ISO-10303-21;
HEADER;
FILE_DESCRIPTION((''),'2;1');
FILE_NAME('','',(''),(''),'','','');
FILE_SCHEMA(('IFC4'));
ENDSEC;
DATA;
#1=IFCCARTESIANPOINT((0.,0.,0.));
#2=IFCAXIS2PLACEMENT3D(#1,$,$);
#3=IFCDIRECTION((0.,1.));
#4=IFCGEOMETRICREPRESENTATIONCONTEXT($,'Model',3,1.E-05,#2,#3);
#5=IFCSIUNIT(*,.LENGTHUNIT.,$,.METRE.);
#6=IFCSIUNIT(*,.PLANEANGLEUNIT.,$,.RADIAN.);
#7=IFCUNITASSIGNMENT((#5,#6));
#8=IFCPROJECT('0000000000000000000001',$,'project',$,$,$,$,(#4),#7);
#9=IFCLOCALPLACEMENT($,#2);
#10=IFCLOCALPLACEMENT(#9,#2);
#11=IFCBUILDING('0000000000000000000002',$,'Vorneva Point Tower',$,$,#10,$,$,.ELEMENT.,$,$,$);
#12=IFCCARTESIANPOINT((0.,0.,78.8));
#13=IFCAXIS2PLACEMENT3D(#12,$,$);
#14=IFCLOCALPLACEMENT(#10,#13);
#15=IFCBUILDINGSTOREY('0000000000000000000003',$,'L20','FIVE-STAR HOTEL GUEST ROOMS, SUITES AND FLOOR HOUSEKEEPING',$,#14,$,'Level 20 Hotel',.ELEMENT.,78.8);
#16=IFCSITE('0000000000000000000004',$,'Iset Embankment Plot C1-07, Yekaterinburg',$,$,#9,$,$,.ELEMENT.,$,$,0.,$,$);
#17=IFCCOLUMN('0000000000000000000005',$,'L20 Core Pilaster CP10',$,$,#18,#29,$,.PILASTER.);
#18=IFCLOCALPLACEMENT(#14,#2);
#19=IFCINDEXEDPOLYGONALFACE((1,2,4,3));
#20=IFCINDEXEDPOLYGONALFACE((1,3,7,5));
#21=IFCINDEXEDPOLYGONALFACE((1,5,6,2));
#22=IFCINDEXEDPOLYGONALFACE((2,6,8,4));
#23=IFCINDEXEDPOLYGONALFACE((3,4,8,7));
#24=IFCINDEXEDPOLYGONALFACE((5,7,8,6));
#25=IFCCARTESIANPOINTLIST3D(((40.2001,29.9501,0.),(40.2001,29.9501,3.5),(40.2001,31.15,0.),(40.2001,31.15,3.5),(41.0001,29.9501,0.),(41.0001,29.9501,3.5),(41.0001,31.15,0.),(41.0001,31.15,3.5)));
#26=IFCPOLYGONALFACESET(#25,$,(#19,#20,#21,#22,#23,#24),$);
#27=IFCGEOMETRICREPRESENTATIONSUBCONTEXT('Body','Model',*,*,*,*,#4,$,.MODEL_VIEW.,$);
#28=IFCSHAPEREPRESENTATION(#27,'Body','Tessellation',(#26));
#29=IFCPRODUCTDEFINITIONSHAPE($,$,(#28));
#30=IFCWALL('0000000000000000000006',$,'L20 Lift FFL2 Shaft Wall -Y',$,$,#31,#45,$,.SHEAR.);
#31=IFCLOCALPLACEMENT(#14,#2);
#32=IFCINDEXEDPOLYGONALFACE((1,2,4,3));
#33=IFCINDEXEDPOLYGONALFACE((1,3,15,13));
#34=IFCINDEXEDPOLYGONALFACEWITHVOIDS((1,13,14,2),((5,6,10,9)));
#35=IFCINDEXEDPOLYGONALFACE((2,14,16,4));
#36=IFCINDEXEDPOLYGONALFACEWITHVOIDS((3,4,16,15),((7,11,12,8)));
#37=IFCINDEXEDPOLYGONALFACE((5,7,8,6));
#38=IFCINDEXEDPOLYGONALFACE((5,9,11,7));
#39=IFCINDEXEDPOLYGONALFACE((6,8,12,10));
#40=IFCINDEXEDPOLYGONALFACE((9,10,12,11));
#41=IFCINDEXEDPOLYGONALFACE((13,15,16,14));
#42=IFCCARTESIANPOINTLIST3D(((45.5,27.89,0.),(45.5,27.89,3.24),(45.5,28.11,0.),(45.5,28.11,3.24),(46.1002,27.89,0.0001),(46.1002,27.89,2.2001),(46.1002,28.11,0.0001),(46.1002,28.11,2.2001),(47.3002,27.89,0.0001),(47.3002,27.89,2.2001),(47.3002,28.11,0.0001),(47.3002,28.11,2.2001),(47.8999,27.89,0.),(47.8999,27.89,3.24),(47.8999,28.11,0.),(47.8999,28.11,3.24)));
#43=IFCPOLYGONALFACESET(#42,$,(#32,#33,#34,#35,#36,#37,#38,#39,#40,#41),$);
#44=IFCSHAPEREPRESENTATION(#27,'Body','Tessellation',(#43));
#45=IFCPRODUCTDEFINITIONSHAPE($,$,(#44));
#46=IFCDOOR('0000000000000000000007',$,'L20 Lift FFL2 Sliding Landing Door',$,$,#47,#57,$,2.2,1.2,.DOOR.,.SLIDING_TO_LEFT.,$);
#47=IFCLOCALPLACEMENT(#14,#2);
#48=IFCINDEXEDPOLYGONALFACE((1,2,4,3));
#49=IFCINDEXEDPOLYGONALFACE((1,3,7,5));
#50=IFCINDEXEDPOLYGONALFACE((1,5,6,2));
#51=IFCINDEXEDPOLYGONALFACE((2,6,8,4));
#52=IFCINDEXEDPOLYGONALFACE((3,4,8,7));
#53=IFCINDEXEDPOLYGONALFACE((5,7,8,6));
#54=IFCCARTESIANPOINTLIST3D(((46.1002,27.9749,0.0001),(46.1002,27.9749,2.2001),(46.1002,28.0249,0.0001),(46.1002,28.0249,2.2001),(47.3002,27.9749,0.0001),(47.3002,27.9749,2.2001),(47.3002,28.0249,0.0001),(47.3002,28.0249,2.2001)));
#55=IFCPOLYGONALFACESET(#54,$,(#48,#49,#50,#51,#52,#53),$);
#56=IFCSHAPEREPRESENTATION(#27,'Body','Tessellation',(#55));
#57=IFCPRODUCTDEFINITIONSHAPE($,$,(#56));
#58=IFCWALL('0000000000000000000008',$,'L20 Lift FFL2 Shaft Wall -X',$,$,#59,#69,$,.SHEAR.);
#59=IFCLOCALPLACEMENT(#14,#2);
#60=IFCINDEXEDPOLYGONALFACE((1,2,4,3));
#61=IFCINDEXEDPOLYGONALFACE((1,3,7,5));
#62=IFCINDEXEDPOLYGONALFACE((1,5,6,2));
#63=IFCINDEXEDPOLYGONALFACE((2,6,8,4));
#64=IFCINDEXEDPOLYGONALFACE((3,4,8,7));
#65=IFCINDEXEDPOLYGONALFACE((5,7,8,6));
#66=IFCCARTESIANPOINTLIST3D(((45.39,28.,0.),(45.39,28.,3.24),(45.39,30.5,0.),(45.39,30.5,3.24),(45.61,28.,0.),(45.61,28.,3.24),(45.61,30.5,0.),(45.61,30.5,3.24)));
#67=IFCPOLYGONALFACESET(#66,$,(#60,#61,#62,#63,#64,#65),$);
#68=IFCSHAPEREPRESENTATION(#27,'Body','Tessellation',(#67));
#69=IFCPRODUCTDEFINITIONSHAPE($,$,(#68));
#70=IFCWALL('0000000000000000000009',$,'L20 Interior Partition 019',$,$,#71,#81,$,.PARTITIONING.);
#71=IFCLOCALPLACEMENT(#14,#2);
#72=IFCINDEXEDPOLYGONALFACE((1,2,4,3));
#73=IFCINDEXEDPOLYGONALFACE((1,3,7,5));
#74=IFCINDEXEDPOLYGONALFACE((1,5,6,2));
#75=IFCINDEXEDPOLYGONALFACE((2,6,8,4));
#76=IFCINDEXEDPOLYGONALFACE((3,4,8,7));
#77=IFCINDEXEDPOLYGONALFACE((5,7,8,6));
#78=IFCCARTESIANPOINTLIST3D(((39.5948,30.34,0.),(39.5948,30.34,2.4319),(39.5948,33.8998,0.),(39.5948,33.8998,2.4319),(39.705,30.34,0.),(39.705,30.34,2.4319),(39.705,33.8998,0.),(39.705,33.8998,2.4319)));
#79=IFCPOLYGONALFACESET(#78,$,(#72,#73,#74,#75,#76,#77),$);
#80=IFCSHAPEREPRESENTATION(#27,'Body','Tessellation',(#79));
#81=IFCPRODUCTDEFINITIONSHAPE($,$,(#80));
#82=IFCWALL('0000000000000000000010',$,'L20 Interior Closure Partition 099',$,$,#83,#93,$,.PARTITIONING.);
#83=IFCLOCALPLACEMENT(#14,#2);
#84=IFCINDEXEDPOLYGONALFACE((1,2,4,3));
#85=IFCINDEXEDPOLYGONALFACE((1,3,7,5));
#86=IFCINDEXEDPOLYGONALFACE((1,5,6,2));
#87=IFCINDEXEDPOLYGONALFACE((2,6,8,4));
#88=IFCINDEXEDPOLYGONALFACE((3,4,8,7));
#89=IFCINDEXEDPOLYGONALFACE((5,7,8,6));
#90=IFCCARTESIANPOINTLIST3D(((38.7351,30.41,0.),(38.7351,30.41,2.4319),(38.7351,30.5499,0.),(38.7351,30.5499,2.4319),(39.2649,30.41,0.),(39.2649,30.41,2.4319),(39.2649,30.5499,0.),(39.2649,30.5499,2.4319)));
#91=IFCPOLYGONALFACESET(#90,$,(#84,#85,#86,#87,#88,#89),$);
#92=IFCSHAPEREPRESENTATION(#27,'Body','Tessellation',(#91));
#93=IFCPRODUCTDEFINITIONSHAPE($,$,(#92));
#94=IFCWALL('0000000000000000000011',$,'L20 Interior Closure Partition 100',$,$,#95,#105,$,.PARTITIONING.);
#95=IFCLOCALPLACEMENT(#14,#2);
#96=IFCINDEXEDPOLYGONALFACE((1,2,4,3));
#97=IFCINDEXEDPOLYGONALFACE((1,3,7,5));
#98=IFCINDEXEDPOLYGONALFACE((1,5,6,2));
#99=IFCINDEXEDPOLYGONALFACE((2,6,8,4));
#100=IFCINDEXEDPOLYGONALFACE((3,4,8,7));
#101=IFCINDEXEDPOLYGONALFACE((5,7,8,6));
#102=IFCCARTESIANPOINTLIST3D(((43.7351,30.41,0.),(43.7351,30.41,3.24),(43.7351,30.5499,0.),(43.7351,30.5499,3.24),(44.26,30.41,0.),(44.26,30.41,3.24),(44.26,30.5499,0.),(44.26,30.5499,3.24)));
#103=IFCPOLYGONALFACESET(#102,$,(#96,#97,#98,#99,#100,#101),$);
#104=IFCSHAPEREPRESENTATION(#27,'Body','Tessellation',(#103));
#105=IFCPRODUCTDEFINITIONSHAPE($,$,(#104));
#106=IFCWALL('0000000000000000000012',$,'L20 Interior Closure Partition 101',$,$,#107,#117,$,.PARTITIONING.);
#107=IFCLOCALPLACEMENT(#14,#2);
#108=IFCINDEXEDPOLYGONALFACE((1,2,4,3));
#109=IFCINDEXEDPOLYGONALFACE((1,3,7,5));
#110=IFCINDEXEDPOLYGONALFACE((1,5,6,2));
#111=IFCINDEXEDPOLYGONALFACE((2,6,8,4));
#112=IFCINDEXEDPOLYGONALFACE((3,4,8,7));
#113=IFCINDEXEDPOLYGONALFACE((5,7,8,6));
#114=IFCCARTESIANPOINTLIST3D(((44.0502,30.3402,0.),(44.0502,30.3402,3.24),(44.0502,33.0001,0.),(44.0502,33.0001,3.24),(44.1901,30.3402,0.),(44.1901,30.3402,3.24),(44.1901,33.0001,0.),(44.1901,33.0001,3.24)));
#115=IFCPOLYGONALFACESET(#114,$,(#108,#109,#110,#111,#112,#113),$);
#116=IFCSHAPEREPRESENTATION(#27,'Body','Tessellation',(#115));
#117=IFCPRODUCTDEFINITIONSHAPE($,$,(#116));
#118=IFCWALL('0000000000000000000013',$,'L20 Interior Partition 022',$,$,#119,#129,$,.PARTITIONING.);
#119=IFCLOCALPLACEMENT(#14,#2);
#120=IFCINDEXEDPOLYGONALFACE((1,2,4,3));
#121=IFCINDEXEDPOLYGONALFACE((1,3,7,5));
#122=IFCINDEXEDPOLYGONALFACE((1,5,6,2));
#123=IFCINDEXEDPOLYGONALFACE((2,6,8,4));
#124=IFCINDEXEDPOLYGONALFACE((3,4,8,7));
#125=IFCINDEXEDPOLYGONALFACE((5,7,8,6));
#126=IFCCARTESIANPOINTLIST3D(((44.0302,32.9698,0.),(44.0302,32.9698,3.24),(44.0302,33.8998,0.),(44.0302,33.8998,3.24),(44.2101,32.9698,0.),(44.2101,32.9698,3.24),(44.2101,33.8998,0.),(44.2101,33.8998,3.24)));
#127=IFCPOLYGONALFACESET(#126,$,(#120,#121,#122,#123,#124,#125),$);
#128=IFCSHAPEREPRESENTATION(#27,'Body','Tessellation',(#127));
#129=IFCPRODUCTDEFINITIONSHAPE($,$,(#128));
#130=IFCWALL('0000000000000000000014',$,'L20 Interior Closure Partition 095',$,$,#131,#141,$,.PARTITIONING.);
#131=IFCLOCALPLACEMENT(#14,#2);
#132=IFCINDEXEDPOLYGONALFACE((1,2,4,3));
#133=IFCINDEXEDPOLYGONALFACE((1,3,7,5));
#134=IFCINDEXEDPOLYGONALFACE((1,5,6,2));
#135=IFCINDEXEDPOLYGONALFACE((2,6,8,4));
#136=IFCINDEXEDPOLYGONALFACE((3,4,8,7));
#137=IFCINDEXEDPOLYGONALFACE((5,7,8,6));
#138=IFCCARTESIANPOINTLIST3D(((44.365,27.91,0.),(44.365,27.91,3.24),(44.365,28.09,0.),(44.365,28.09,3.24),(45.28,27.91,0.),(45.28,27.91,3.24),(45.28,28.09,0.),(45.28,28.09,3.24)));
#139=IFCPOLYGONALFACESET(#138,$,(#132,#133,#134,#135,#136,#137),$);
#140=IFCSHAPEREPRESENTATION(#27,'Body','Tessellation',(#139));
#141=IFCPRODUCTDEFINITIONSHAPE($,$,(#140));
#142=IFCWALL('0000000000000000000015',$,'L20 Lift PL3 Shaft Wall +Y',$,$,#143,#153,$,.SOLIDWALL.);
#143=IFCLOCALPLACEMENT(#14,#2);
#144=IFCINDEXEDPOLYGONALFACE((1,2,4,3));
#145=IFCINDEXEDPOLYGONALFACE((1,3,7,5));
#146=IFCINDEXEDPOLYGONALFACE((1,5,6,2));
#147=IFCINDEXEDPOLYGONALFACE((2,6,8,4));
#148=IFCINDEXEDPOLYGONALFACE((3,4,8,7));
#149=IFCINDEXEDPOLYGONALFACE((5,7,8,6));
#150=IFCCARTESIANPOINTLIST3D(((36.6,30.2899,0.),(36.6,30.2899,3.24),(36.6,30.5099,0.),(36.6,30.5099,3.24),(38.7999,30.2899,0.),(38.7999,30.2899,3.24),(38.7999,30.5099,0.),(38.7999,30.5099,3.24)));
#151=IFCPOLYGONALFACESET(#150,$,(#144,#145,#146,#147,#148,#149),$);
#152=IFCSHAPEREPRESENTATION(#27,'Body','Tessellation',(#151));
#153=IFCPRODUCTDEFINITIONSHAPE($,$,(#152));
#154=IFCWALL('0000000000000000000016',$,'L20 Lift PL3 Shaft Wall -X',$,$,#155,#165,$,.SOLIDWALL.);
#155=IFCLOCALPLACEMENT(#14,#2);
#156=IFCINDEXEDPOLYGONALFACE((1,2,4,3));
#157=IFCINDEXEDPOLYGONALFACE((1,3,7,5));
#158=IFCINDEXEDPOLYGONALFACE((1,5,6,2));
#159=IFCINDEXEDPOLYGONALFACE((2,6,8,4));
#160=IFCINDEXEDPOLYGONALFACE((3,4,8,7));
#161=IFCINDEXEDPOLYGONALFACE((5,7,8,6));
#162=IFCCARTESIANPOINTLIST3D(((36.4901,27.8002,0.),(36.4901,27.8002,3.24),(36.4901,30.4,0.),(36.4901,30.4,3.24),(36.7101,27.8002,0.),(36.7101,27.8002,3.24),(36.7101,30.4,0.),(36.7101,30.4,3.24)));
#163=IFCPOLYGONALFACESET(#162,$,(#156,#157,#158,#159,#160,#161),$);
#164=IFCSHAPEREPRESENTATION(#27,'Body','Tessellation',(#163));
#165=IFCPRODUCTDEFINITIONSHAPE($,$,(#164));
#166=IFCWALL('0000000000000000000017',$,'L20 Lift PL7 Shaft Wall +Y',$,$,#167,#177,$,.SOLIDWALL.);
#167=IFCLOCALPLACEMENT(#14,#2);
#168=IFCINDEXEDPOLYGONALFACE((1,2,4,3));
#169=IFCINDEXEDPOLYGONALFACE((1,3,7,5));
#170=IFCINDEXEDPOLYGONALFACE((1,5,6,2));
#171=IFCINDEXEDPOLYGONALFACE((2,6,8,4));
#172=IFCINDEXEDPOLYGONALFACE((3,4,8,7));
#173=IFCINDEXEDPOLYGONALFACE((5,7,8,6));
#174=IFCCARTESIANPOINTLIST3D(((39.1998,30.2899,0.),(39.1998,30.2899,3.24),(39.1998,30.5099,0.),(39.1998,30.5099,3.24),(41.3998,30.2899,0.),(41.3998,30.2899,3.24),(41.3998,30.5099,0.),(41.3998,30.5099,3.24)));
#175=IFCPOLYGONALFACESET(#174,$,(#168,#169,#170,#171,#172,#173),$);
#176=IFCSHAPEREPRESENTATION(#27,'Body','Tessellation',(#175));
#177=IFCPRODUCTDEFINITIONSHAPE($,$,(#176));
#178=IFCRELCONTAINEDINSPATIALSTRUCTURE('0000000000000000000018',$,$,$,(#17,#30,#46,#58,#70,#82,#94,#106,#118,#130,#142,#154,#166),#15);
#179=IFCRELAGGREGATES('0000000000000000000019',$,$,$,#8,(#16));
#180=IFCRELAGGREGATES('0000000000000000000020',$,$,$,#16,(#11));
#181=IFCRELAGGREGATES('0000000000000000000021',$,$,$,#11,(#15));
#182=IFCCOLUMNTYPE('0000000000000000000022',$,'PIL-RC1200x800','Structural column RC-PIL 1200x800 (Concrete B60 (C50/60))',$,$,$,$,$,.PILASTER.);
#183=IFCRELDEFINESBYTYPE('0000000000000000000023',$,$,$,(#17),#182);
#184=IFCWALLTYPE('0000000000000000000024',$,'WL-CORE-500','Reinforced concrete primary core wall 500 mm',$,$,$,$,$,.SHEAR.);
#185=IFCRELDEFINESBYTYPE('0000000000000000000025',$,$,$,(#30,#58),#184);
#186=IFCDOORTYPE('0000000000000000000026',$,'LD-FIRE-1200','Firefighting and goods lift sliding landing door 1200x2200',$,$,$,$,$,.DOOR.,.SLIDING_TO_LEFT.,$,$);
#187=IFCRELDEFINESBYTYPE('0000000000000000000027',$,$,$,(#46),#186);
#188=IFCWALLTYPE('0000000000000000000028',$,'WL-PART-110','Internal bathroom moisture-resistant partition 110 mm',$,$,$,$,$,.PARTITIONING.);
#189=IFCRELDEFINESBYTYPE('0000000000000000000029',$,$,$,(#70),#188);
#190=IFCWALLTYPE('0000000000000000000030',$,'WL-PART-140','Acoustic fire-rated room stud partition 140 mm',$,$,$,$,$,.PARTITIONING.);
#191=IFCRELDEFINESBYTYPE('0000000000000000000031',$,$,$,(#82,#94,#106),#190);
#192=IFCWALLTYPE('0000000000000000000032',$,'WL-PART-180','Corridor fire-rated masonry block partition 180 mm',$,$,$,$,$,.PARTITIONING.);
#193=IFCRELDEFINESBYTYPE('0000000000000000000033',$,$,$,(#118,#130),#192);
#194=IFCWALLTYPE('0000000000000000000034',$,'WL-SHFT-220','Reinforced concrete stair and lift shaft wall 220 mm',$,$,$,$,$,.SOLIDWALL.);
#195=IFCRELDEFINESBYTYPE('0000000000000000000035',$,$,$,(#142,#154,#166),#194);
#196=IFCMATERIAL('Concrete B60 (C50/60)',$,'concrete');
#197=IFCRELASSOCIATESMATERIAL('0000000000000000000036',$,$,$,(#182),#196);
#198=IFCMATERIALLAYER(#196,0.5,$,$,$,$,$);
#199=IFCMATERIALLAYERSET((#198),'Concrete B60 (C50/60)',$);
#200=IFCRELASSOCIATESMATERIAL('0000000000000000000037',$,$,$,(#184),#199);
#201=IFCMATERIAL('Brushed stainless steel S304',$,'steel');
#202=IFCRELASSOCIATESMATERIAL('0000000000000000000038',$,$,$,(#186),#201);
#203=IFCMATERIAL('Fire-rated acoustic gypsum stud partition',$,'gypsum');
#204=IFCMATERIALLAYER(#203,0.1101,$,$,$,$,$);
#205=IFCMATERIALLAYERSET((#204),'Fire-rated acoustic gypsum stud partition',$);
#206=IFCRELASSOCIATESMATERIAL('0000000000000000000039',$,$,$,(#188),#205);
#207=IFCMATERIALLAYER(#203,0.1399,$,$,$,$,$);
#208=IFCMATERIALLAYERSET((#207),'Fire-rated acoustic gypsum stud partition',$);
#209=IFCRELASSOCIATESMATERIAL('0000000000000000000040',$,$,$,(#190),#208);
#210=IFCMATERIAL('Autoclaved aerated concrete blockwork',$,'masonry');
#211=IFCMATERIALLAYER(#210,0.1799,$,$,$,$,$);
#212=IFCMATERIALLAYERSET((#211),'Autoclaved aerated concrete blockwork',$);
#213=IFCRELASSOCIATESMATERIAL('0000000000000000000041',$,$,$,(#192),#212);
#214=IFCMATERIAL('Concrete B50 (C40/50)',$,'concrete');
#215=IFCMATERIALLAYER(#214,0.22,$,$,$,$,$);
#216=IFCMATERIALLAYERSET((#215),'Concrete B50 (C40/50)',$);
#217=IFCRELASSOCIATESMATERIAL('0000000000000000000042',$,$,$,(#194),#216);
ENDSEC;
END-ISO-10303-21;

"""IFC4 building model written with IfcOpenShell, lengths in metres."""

from ifc_helpers import new_model, si_unit, direction, frame, frame_2d, origin, origin_2d, place, context, subcontext, project, spatial, rectangle, extrude, material, layer, layer_set, material_profile, profile_set, type_object, element, fill, save


model = new_model("IFC4")

# Units and contexts
model_context = context("Model", 3, precision=1e-05, world=origin(), true_north=direction((0.0, 1.0)))
body_context = subcontext(model_context, "Body", "Model", "MODEL_VIEW")
ifc_project = project(units=[si_unit("LENGTHUNIT", "METRE"), si_unit("PLANEANGLEUNIT", "RADIAN")], contexts=[model_context])

# Site, building, storey
site_placement = place(None, origin())
site = spatial("IfcSite", under=ifc_project, at=site_placement, Name="Iset Embankment Plot C1-07, Yekaterinburg", CompositionType="ELEMENT", RefElevation=0.0)
building_placement = place(site_placement, origin())
building = spatial("IfcBuilding", under=site, at=building_placement, Name="Vorneva Point Tower", CompositionType="ELEMENT")
storey_placement = place(building_placement, frame((0.0, 0.0, 78.8)))
storey = spatial("IfcBuildingStorey", under=building, at=storey_placement, Name="L20", Description="FIVE-STAR HOTEL GUEST ROOMS, SUITES AND FLOOR HOUSEKEEPING", LongName="Level 20 Hotel", CompositionType="ELEMENT", Elevation=78.8)

# Column
ifc_material_1 = material(Name="Concrete B60 (C50/60)", Category="concrete")
ifc_material_profile = material_profile(ifc_material_1, rectangle(XDim=0.8, YDim=1.2, at=origin_2d()), Name="RC-PIL 1200x800")
ifc_profile_set = profile_set([ifc_material_profile], Name="Concrete B60 (C50/60)")
column_type = type_object("IfcColumnType", Name="PIL-RC1200x800", Description="Structural column RC-PIL 1200x800 (Concrete B60 (C50/60))", PredefinedType="PILASTER", material=ifc_profile_set)
column_placement = place(storey_placement, frame((40.6001, 30.55, 0.0), z_axis=(0.0, 0.0, 1.0), x_axis=(1.0, 0.0, 0.0)))
element("IfcColumn", 1, at=column_placement, inside=storey, type_object=column_type, Name="L20 Core Pilaster CP10", PredefinedType="PILASTER", context=body_context, shape_type="SweptSolid", body=[
    extrude(rectangle(XDim=0.8, YDim=1.2, at=origin_2d()), origin(), (0.0, 0.0, 1.0), 3.5),
])

# Wall, opening, door
ifc_layer_1 = layer(ifc_material_1, 0.5)
ifc_layer_set_1 = layer_set([ifc_layer_1], Name="Concrete B60 (C50/60)")
wall_type_1 = type_object("IfcWallType", Name="WL-CORE-500", Description="Reinforced concrete primary core wall 500 mm", PredefinedType="SHEAR", material=ifc_layer_set_1)
wall_1_placement = place(storey_placement, frame((45.5, 28.0, 0.0), z_axis=(0.0, 0.0, 1.0), x_axis=(1.0, 0.0, 0.0)))
wall_1 = element("IfcWall", 2, at=wall_1_placement, inside=storey, type_object=wall_type_1, Name="L20 Lift FFL2 Shaft Wall -Y", PredefinedType="SHEAR", context=body_context, shape_type="SweptSolid", body=[
    extrude(rectangle(XDim=2.3999, YDim=0.22, at=frame_2d((1.2, 0.0))), origin(), (0.0, 0.0, 1.0), 3.24),
])
opening_1_placement = place(wall_1_placement, frame((0.6001, 0.0, 0.0)))
opening_1 = element("IfcOpeningElement", 3, at=opening_1_placement, cuts=wall_1, PredefinedType="OPENING", context=body_context, shape_type="SweptSolid", body=[
    extrude(rectangle(XDim=1.2, YDim=2.2, at=frame_2d((0.6001, 1.1001))), frame((0.0, 0.125, 0.0), z_axis=(0.0, -1.0, 0.0), x_axis=(1.0, 0.0, 0.0)), (0.0, 0.0, 1.0), 0.2498),
])
ifc_material_2 = material(Name="Brushed stainless steel S304", Category="steel")
door_type_1 = type_object("IfcDoorType", Name="LD-FIRE-1200", Description="Firefighting and goods lift sliding landing door 1200x2200", OperationType="SLIDING_TO_LEFT", PredefinedType="DOOR", material=ifc_material_2)
door_1_placement = place(opening_1_placement, origin())
door_1 = element("IfcDoor", 4, at=door_1_placement, inside=storey, type_object=door_type_1, Name="L20 Lift FFL2 Sliding Landing Door", OperationType="SLIDING_TO_LEFT", OverallHeight=2.2, OverallWidth=1.2, PredefinedType="DOOR", context=body_context, shape_type="SweptSolid", body=[
    extrude(rectangle(XDim=1.2, YDim=2.2, at=frame_2d((0.6001, 1.1001))), frame((0.0, 0.0249, 0.0), z_axis=(0.0, -1.0, 0.0), x_axis=(1.0, 0.0, 0.0)), (0.0, 0.0, 1.0), 0.05),
])
fill(opening_1, door_1)

# Walls
wall_2_placement = place(storey_placement, frame((45.5, 30.5, 0.0), z_axis=(0.0, 0.0, 1.0), x_axis=(0.0, -1.0, 0.0)))
element("IfcWall", 5, at=wall_2_placement, inside=storey, type_object=wall_type_1, Name="L20 Lift FFL2 Shaft Wall -X", PredefinedType="SHEAR", context=body_context, shape_type="SweptSolid", body=[
    extrude(rectangle(XDim=2.5, YDim=0.22, at=frame_2d((1.25, 0.0))), origin(), (0.0, 0.0, 1.0), 3.24),
])
ifc_material_3 = material(Name="Fire-rated acoustic gypsum stud partition", Category="gypsum")
ifc_layer_2 = layer(ifc_material_3, 0.1101)
ifc_layer_set_2 = layer_set([ifc_layer_2], Name="Fire-rated acoustic gypsum stud partition")
wall_type_2 = type_object("IfcWallType", Name="WL-PART-110", Description="Internal bathroom moisture-resistant partition 110 mm", PredefinedType="PARTITIONING", material=ifc_layer_set_2)
wall_3_placement = place(storey_placement, frame((39.6499, 30.3401, 0.0), z_axis=(0.0, 0.0, 1.0), x_axis=(0.0, 1.0, 0.0)))
element("IfcWall", 6, at=wall_3_placement, inside=storey, type_object=wall_type_2, Name="L20 Interior Partition 019", PredefinedType="PARTITIONING", context=body_context, shape_type="SweptSolid", body=[
    extrude(rectangle(XDim=3.5598, YDim=0.1101, at=frame_2d((1.7798, 0.0))), origin(), (0.0, 0.0, 1.0), 2.4319),
])
ifc_layer_3 = layer(ifc_material_3, 0.1399)
ifc_layer_set_3 = layer_set([ifc_layer_3], Name="Fire-rated acoustic gypsum stud partition")
wall_type_3 = type_object("IfcWallType", Name="WL-PART-140", Description="Acoustic fire-rated room stud partition 140 mm", PredefinedType="PARTITIONING", material=ifc_layer_set_3)
wall_4_placement = place(storey_placement, frame((38.7351, 30.48, 0.0), z_axis=(0.0, 0.0, 1.0), x_axis=(1.0, 0.0, 0.0)))
element("IfcWall", 7, at=wall_4_placement, inside=storey, type_object=wall_type_3, Name="L20 Interior Closure Partition 099", PredefinedType="PARTITIONING", context=body_context, shape_type="SweptSolid", body=[
    extrude(rectangle(XDim=0.5298, YDim=0.1399, at=frame_2d((0.2649, 0.0))), origin(), (0.0, 0.0, 1.0), 2.4319),
])
wall_5_placement = place(storey_placement, frame((43.7351, 30.48, 0.0), z_axis=(0.0, 0.0, 1.0), x_axis=(1.0, 0.0, 0.0)))
element("IfcWall", 8, at=wall_5_placement, inside=storey, type_object=wall_type_3, Name="L20 Interior Closure Partition 100", PredefinedType="PARTITIONING", context=body_context, shape_type="SweptSolid", body=[
    extrude(rectangle(XDim=0.5249, YDim=0.1399, at=frame_2d((0.2625, 0.0))), origin(), (0.0, 0.0, 1.0), 3.24),
])
wall_6_placement = place(storey_placement, frame((44.1201, 30.3401, 0.0), z_axis=(0.0, 0.0, 1.0), x_axis=(0.0, 1.0, 0.0)))
element("IfcWall", 9, at=wall_6_placement, inside=storey, type_object=wall_type_3, Name="L20 Interior Closure Partition 101", PredefinedType="PARTITIONING", context=body_context, shape_type="SweptSolid", body=[
    extrude(rectangle(XDim=2.6599, YDim=0.1399, at=frame_2d((1.3301, 0.0))), origin(), (0.0, 0.0, 1.0), 3.24),
])

# Shared definitions
ifc_material_4 = material(Name="Autoclaved aerated concrete blockwork", Category="masonry")
ifc_layer_4 = layer(ifc_material_4, 0.1799)
ifc_layer_set_4 = layer_set([ifc_layer_4], Name="Autoclaved aerated concrete blockwork")
wall_type_4 = type_object("IfcWallType", Name="WL-PART-180", Description="Corridor fire-rated masonry block partition 180 mm", PredefinedType="PARTITIONING", material=ifc_layer_set_4)

# Walls
wall_7_placement = place(storey_placement, frame((44.1201, 32.97, 0.0), z_axis=(0.0, 0.0, 1.0), x_axis=(0.0, 1.0, 0.0)))
element("IfcWall", 10, at=wall_7_placement, inside=storey, type_object=wall_type_4, Name="L20 Interior Partition 022", PredefinedType="PARTITIONING", context=body_context, shape_type="SweptSolid", body=[
    extrude(rectangle(XDim=0.9299, YDim=0.1799, at=frame_2d((0.4648, 0.0))), origin(), (0.0, 0.0, 1.0), 3.24),
])
wall_8_placement = place(storey_placement, frame((45.28, 28.0, 0.0), z_axis=(0.0, 0.0, 1.0), x_axis=(-1.0, 0.0, 0.0)))
element("IfcWall", 11, at=wall_8_placement, inside=storey, type_object=wall_type_4, Name="L20 Interior Closure Partition 095", PredefinedType="PARTITIONING", context=body_context, shape_type="SweptSolid", body=[
    extrude(rectangle(XDim=0.915, YDim=0.1799, at=frame_2d((0.4575, 0.0))), origin(), (0.0, 0.0, 1.0), 3.24),
])
ifc_material_5 = material(Name="Concrete B50 (C40/50)", Category="concrete")
ifc_layer_5 = layer(ifc_material_5, 0.22)
ifc_layer_set_5 = layer_set([ifc_layer_5], Name="Concrete B50 (C40/50)")
wall_type_5 = type_object("IfcWallType", Name="WL-SHFT-220", Description="Reinforced concrete stair and lift shaft wall 220 mm", PredefinedType="SOLIDWALL", material=ifc_layer_set_5)
wall_9_placement = place(storey_placement, frame((38.8, 30.3999, 0.0), z_axis=(0.0, 0.0, 1.0), x_axis=(-1.0, 0.0, 0.0)))
element("IfcWall", 12, at=wall_9_placement, inside=storey, type_object=wall_type_5, Name="L20 Lift PL3 Shaft Wall +Y", PredefinedType="SOLIDWALL", context=body_context, shape_type="SweptSolid", body=[
    extrude(rectangle(XDim=2.2, YDim=0.22, at=frame_2d((1.1001, 0.0))), origin(), (0.0, 0.0, 1.0), 3.24),
])
wall_10_placement = place(storey_placement, frame((36.6001, 30.3999, 0.0), z_axis=(0.0, 0.0, 1.0), x_axis=(0.0, -1.0, 0.0)))
element("IfcWall", 13, at=wall_10_placement, inside=storey, type_object=wall_type_5, Name="L20 Lift PL3 Shaft Wall -X", PredefinedType="SOLIDWALL", context=body_context, shape_type="SweptSolid", body=[
    extrude(rectangle(XDim=2.5999, YDim=0.22, at=frame_2d((1.2998, 0.0))), origin(), (0.0, 0.0, 1.0), 3.24),
])
wall_11_placement = place(storey_placement, frame((41.3999, 30.3999, 0.0), z_axis=(0.0, 0.0, 1.0), x_axis=(-1.0, 0.0, 0.0)))
element("IfcWall", 14, at=wall_11_placement, inside=storey, type_object=wall_type_5, Name="L20 Lift PL7 Shaft Wall +Y", PredefinedType="SOLIDWALL", context=body_context, shape_type="SweptSolid", body=[
    extrude(rectangle(XDim=2.2, YDim=0.22, at=frame_2d((1.1001, 0.0))), origin(), (0.0, 0.0, 1.0), 3.24),
])

save(model, "model.ifc")
